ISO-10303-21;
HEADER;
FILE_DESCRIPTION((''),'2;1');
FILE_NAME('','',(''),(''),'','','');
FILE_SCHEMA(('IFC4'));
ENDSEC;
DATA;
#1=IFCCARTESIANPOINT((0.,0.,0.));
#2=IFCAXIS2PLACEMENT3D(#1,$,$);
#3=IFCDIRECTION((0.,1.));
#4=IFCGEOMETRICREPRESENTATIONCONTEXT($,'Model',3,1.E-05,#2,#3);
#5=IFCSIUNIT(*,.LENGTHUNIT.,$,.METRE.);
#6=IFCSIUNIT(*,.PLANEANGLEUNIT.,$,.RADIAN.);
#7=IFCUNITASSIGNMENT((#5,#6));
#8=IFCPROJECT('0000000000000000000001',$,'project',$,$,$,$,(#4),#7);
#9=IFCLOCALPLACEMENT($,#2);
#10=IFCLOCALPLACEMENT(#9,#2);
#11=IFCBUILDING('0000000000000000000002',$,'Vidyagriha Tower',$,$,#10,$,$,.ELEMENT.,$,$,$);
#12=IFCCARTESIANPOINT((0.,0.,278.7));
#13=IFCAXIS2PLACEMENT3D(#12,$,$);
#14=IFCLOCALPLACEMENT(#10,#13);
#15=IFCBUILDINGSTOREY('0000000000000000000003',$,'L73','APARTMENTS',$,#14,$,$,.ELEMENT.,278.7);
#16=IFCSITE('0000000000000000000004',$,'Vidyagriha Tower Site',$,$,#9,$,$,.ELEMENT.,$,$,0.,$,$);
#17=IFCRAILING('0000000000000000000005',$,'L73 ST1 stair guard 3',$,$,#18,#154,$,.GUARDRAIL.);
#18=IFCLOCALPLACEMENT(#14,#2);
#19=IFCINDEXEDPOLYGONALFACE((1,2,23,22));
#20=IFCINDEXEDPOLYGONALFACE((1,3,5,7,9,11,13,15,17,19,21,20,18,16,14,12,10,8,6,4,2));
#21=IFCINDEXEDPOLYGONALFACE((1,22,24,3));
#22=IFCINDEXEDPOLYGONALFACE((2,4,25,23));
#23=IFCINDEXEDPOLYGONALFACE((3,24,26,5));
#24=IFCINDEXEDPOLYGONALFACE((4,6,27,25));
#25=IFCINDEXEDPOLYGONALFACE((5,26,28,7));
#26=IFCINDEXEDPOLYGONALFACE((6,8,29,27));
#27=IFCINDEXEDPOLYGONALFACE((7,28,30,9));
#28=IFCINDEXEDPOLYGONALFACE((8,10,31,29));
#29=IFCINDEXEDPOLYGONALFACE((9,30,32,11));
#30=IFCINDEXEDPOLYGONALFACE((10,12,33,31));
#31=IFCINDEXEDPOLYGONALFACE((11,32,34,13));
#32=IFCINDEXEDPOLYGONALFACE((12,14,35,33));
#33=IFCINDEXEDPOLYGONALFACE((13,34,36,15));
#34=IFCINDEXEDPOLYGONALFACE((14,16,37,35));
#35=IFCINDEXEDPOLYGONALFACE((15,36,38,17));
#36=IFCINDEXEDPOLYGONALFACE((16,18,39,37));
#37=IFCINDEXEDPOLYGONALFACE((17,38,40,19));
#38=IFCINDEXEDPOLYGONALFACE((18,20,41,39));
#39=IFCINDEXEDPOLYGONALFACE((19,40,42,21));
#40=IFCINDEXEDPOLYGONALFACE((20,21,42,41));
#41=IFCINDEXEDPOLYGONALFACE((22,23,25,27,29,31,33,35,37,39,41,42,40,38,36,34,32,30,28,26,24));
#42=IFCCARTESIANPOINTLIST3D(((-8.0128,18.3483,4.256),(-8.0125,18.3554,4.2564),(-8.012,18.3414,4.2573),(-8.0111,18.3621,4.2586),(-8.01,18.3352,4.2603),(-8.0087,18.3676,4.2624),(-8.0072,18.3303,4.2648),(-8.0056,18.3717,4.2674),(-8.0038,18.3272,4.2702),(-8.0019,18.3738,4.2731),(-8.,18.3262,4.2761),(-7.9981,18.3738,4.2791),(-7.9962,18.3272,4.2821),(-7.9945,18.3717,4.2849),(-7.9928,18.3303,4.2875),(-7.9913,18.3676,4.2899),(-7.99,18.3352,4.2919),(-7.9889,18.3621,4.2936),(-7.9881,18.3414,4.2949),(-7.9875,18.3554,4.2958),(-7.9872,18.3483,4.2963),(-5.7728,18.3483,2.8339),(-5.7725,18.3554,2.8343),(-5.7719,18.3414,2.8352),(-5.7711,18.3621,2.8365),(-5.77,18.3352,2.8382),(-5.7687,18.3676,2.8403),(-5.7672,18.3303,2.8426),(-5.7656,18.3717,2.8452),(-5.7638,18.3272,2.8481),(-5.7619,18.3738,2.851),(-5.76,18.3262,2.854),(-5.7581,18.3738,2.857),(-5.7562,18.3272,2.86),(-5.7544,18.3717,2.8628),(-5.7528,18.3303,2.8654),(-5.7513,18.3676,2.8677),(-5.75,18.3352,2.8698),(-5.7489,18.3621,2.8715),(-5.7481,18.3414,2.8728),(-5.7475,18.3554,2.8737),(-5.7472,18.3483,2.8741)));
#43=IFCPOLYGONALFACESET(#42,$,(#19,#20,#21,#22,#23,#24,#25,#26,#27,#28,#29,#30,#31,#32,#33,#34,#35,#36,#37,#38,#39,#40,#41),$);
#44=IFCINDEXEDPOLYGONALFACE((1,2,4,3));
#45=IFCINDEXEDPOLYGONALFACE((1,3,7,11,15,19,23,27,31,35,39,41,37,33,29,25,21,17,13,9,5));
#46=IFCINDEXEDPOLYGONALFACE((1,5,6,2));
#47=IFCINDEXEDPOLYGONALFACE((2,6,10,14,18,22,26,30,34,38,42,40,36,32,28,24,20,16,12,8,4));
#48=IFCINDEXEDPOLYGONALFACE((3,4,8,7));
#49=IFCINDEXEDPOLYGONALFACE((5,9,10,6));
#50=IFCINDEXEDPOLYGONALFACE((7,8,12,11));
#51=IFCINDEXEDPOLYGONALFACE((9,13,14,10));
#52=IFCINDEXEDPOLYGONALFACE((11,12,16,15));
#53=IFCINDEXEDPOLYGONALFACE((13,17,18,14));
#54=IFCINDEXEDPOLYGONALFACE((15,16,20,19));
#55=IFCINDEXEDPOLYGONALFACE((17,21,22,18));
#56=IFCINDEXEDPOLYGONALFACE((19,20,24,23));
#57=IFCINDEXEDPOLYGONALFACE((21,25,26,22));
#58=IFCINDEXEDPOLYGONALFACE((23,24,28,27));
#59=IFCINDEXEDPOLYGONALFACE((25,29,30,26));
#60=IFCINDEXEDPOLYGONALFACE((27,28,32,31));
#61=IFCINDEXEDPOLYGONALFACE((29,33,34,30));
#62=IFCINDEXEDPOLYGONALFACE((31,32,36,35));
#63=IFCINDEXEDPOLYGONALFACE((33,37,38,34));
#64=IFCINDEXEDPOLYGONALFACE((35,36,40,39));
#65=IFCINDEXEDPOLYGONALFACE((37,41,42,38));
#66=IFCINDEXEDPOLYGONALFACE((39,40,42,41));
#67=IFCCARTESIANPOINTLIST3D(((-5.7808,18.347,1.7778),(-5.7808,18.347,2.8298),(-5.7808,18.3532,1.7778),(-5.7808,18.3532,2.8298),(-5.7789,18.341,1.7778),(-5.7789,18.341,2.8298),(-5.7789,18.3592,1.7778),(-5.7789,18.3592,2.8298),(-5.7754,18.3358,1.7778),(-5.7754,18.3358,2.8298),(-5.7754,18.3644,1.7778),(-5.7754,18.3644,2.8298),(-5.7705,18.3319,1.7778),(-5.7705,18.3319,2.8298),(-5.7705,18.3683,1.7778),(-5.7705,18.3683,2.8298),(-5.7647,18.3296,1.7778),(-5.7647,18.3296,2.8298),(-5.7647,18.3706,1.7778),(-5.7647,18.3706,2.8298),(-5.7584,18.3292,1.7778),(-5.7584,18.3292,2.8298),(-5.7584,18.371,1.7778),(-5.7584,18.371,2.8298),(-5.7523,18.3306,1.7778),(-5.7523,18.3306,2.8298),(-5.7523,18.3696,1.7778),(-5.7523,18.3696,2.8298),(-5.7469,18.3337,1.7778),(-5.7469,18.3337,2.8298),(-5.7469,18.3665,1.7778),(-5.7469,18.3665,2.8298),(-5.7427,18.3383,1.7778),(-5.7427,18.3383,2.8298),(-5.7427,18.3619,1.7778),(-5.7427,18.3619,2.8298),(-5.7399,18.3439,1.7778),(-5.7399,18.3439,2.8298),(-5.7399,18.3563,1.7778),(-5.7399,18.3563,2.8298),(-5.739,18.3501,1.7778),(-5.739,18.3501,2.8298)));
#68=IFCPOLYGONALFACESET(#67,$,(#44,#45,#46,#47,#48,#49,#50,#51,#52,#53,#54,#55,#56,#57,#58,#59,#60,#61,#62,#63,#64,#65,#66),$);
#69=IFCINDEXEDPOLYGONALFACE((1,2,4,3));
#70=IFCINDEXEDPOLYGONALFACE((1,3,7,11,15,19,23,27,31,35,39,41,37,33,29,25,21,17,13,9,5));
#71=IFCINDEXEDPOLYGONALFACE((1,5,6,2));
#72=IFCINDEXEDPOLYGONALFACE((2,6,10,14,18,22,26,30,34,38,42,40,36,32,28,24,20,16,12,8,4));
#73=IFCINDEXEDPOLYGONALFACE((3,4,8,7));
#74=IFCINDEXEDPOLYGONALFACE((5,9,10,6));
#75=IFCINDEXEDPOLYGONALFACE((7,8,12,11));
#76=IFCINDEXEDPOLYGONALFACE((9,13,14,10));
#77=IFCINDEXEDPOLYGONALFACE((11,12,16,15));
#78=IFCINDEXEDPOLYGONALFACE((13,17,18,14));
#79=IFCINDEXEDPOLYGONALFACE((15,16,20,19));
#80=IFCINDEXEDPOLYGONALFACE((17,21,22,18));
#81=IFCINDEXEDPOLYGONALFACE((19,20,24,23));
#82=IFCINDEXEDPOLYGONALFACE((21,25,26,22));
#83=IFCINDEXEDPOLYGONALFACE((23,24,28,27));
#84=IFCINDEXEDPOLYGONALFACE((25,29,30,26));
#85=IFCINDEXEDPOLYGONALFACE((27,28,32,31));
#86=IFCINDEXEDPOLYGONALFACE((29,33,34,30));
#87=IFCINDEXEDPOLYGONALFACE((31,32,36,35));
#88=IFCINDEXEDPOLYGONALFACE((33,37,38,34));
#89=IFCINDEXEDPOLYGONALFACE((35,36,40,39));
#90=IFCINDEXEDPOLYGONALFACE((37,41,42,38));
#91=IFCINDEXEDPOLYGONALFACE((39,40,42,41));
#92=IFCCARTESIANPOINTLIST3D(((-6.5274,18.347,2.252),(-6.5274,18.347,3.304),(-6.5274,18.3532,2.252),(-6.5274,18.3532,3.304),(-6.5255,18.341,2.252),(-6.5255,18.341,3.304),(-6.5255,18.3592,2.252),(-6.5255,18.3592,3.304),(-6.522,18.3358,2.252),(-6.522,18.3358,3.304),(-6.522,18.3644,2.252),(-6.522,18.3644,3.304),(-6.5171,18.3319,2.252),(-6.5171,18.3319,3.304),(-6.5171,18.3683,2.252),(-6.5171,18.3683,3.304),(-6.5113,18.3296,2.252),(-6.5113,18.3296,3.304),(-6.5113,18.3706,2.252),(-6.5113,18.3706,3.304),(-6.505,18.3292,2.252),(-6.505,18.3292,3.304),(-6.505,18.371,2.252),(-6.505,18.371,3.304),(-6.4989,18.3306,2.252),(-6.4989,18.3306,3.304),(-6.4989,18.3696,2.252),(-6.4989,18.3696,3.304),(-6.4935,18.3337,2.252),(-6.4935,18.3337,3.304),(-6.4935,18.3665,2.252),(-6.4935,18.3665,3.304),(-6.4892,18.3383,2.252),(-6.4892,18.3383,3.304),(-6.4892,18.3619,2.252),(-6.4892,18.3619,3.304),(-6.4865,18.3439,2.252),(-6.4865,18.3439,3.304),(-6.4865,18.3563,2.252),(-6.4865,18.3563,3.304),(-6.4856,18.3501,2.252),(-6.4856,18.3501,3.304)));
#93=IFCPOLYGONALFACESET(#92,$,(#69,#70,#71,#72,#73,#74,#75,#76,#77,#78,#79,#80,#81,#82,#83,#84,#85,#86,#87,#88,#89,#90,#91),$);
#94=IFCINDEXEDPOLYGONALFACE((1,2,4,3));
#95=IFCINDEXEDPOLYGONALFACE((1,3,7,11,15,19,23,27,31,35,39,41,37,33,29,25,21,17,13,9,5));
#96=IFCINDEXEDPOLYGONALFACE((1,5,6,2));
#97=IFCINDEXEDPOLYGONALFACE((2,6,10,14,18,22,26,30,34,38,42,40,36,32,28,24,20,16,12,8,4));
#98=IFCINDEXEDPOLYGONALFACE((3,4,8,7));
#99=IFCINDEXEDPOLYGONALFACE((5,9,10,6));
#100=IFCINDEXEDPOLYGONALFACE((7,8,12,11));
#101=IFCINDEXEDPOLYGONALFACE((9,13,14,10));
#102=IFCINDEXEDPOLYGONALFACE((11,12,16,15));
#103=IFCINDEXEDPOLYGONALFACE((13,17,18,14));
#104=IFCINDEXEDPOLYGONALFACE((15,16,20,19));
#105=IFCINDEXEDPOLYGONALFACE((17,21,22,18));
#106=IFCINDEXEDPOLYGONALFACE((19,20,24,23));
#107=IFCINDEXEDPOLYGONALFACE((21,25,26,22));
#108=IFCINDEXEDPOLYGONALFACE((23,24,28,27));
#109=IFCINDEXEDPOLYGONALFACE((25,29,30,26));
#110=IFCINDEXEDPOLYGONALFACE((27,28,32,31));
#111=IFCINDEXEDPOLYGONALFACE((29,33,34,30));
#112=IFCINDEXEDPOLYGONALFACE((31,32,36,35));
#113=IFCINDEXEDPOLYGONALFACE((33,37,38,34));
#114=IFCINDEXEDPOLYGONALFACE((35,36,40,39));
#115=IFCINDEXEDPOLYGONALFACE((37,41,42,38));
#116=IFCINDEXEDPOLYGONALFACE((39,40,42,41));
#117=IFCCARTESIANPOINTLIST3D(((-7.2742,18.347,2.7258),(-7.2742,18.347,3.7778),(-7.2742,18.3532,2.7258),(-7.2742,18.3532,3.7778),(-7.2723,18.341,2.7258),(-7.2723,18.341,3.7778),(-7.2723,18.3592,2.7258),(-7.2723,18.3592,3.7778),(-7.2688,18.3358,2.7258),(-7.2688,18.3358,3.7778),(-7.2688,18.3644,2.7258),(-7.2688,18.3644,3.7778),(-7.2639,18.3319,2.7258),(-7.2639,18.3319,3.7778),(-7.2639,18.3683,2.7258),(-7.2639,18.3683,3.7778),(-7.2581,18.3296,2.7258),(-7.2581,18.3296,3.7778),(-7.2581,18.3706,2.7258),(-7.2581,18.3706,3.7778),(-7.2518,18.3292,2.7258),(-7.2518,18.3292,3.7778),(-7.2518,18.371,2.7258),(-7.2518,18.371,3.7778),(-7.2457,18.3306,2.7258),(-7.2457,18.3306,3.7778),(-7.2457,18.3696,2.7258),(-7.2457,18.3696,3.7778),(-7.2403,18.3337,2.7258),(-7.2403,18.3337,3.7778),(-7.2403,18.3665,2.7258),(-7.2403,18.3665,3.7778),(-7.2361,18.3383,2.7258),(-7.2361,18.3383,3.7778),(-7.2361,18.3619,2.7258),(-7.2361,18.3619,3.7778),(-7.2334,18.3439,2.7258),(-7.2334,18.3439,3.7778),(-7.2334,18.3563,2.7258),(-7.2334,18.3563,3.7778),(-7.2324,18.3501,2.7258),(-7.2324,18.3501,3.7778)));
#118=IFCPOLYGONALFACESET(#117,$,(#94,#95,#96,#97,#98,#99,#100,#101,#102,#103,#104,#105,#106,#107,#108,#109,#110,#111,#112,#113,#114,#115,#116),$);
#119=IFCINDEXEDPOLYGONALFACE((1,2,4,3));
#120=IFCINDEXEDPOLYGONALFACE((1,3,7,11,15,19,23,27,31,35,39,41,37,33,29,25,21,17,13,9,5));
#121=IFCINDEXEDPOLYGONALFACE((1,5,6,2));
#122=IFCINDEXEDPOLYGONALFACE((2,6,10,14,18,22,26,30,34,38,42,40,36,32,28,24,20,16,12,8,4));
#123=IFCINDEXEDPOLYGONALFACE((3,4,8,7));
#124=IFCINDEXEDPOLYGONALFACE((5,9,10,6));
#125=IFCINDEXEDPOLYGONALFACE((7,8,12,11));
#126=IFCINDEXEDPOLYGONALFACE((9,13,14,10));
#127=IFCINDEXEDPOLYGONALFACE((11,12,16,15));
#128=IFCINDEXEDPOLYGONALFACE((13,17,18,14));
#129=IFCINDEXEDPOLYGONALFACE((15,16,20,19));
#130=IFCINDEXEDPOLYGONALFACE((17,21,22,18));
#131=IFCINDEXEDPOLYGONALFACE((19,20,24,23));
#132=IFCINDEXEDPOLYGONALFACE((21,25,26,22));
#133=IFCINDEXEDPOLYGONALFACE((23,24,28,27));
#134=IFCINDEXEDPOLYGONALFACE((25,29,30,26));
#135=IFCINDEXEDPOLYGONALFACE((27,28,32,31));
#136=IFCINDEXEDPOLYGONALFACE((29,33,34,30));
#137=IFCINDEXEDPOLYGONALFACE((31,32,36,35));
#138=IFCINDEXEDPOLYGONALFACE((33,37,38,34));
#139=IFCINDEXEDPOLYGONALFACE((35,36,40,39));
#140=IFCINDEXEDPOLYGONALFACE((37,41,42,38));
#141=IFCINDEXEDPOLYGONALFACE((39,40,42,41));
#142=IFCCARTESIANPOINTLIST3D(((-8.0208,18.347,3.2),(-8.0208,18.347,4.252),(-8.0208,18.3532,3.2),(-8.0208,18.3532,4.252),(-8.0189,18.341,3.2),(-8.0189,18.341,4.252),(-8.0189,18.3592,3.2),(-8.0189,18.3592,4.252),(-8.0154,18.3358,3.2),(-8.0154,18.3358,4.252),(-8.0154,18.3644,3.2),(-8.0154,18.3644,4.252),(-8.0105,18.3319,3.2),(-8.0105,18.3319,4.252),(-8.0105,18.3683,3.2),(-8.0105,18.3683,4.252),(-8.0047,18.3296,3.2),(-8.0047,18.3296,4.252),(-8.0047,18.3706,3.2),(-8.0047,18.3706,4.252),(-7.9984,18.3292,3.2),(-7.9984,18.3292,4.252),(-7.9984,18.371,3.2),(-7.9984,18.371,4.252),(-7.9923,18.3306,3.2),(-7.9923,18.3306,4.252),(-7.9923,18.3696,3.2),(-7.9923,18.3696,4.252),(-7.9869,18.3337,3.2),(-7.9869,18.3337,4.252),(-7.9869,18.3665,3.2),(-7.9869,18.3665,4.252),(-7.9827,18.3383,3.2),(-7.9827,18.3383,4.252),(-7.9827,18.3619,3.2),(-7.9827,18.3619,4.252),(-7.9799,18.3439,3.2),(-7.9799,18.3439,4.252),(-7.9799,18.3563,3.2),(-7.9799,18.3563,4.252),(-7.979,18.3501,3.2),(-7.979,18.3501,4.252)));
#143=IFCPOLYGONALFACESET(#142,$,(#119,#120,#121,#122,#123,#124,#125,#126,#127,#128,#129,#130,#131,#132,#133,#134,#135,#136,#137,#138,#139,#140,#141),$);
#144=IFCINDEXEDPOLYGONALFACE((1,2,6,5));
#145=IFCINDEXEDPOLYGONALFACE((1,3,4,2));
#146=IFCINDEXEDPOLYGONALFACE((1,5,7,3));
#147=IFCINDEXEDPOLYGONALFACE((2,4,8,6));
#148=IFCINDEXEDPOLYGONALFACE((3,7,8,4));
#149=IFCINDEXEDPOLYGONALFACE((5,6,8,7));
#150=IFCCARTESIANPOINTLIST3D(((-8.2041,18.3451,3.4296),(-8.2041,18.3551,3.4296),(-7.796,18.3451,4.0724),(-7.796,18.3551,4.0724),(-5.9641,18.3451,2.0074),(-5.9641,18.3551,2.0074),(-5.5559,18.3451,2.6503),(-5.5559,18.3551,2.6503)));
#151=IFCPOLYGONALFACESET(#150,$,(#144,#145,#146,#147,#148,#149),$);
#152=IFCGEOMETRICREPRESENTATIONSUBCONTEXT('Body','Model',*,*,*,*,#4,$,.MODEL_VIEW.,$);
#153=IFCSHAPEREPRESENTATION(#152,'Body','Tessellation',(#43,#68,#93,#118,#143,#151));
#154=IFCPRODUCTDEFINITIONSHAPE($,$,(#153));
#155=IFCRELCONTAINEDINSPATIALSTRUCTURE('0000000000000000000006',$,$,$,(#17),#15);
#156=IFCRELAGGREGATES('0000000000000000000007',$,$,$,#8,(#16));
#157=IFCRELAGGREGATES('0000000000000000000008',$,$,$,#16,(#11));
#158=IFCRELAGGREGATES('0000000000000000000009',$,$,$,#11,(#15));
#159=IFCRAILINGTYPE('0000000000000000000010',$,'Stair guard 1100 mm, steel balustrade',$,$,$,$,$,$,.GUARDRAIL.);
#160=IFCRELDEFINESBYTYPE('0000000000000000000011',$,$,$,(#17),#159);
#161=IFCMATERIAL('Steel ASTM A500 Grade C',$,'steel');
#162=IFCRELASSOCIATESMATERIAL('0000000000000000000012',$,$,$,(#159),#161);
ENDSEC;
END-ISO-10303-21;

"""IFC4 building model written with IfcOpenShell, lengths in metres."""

from ifc_helpers import new_model, si_unit, direction, frame, origin, origin_2d, place, context, subcontext, project, spatial, rectangle, circle, extrude, material, type_object, element, save


model = new_model("IFC4")

# Units and contexts
model_context = context("Model", 3, precision=1e-05, world=origin(), true_north=direction((0.0, 1.0)))
body_context = subcontext(model_context, "Body", "Model", "MODEL_VIEW")
ifc_project = project(units=[si_unit("LENGTHUNIT", "METRE"), si_unit("PLANEANGLEUNIT", "RADIAN")], contexts=[model_context])

# Site, building, storey
site_placement = place(None, origin())
site = spatial("IfcSite", under=ifc_project, at=site_placement, Name="Vidyagriha Tower Site", CompositionType="ELEMENT", RefElevation=0.0)
building_placement = place(site_placement, origin())
building = spatial("IfcBuilding", under=site, at=building_placement, Name="Vidyagriha Tower", CompositionType="ELEMENT")
storey_placement = place(building_placement, frame((0.0, 0.0, 278.7)))
storey = spatial("IfcBuildingStorey", under=building, at=storey_placement, Name="L73", Description="APARTMENTS", CompositionType="ELEMENT", Elevation=278.7)

# Railing
ifc_material_1 = material(Name="Steel ASTM A500 Grade C", Category="steel")
railing_type_1 = type_object("IfcRailingType", Name="Stair guard 1100 mm, steel balustrade", PredefinedType="GUARDRAIL", material=ifc_material_1)
railing_1_placement = place(storey_placement, frame((-5.76, 18.3501, 1.7778)))
element("IfcRailing", 1, at=railing_1_placement, inside=storey, type_object=railing_type_1, Name="L73 ST1 stair guard 3", PredefinedType="GUARDRAIL", context=body_context, shape_type="SweptSolid", body=[
    extrude(circle(Radius=0.0239, at=origin_2d()), frame((0.0, 0.0, 1.0762), z_axis=(-0.844229, 0.0, 0.535982), x_axis=(0.0, -1.0, 0.0)), (0.0, 0.0, 1.0), 2.6533),
    extrude(circle(Radius=0.021, at=origin_2d()), origin(), (0.0, 0.0, 1.0), 1.052),
    extrude(circle(Radius=0.021, at=origin_2d()), frame((-0.7466, 0.0, 0.4741)), (0.0, 0.0, 1.0), 1.052),
    extrude(circle(Radius=0.021, at=origin_2d()), frame((-1.4934, 0.0, 0.948)), (0.0, 0.0, 1.0), 1.052),
    extrude(circle(Radius=0.021, at=origin_2d()), frame((-2.24, 0.0, 1.4221)), (0.0, 0.0, 1.0), 1.052),
    extrude(rectangle(XDim=0.01, YDim=0.7615, at=origin_2d()), frame((0.0, 0.0, 0.551), z_axis=(-0.844229, 0.0, 0.535982), x_axis=(0.0, -1.0, 0.0)), (0.0, 0.0, 1.0), 2.6533),
])

save(model, "model.ifc")
